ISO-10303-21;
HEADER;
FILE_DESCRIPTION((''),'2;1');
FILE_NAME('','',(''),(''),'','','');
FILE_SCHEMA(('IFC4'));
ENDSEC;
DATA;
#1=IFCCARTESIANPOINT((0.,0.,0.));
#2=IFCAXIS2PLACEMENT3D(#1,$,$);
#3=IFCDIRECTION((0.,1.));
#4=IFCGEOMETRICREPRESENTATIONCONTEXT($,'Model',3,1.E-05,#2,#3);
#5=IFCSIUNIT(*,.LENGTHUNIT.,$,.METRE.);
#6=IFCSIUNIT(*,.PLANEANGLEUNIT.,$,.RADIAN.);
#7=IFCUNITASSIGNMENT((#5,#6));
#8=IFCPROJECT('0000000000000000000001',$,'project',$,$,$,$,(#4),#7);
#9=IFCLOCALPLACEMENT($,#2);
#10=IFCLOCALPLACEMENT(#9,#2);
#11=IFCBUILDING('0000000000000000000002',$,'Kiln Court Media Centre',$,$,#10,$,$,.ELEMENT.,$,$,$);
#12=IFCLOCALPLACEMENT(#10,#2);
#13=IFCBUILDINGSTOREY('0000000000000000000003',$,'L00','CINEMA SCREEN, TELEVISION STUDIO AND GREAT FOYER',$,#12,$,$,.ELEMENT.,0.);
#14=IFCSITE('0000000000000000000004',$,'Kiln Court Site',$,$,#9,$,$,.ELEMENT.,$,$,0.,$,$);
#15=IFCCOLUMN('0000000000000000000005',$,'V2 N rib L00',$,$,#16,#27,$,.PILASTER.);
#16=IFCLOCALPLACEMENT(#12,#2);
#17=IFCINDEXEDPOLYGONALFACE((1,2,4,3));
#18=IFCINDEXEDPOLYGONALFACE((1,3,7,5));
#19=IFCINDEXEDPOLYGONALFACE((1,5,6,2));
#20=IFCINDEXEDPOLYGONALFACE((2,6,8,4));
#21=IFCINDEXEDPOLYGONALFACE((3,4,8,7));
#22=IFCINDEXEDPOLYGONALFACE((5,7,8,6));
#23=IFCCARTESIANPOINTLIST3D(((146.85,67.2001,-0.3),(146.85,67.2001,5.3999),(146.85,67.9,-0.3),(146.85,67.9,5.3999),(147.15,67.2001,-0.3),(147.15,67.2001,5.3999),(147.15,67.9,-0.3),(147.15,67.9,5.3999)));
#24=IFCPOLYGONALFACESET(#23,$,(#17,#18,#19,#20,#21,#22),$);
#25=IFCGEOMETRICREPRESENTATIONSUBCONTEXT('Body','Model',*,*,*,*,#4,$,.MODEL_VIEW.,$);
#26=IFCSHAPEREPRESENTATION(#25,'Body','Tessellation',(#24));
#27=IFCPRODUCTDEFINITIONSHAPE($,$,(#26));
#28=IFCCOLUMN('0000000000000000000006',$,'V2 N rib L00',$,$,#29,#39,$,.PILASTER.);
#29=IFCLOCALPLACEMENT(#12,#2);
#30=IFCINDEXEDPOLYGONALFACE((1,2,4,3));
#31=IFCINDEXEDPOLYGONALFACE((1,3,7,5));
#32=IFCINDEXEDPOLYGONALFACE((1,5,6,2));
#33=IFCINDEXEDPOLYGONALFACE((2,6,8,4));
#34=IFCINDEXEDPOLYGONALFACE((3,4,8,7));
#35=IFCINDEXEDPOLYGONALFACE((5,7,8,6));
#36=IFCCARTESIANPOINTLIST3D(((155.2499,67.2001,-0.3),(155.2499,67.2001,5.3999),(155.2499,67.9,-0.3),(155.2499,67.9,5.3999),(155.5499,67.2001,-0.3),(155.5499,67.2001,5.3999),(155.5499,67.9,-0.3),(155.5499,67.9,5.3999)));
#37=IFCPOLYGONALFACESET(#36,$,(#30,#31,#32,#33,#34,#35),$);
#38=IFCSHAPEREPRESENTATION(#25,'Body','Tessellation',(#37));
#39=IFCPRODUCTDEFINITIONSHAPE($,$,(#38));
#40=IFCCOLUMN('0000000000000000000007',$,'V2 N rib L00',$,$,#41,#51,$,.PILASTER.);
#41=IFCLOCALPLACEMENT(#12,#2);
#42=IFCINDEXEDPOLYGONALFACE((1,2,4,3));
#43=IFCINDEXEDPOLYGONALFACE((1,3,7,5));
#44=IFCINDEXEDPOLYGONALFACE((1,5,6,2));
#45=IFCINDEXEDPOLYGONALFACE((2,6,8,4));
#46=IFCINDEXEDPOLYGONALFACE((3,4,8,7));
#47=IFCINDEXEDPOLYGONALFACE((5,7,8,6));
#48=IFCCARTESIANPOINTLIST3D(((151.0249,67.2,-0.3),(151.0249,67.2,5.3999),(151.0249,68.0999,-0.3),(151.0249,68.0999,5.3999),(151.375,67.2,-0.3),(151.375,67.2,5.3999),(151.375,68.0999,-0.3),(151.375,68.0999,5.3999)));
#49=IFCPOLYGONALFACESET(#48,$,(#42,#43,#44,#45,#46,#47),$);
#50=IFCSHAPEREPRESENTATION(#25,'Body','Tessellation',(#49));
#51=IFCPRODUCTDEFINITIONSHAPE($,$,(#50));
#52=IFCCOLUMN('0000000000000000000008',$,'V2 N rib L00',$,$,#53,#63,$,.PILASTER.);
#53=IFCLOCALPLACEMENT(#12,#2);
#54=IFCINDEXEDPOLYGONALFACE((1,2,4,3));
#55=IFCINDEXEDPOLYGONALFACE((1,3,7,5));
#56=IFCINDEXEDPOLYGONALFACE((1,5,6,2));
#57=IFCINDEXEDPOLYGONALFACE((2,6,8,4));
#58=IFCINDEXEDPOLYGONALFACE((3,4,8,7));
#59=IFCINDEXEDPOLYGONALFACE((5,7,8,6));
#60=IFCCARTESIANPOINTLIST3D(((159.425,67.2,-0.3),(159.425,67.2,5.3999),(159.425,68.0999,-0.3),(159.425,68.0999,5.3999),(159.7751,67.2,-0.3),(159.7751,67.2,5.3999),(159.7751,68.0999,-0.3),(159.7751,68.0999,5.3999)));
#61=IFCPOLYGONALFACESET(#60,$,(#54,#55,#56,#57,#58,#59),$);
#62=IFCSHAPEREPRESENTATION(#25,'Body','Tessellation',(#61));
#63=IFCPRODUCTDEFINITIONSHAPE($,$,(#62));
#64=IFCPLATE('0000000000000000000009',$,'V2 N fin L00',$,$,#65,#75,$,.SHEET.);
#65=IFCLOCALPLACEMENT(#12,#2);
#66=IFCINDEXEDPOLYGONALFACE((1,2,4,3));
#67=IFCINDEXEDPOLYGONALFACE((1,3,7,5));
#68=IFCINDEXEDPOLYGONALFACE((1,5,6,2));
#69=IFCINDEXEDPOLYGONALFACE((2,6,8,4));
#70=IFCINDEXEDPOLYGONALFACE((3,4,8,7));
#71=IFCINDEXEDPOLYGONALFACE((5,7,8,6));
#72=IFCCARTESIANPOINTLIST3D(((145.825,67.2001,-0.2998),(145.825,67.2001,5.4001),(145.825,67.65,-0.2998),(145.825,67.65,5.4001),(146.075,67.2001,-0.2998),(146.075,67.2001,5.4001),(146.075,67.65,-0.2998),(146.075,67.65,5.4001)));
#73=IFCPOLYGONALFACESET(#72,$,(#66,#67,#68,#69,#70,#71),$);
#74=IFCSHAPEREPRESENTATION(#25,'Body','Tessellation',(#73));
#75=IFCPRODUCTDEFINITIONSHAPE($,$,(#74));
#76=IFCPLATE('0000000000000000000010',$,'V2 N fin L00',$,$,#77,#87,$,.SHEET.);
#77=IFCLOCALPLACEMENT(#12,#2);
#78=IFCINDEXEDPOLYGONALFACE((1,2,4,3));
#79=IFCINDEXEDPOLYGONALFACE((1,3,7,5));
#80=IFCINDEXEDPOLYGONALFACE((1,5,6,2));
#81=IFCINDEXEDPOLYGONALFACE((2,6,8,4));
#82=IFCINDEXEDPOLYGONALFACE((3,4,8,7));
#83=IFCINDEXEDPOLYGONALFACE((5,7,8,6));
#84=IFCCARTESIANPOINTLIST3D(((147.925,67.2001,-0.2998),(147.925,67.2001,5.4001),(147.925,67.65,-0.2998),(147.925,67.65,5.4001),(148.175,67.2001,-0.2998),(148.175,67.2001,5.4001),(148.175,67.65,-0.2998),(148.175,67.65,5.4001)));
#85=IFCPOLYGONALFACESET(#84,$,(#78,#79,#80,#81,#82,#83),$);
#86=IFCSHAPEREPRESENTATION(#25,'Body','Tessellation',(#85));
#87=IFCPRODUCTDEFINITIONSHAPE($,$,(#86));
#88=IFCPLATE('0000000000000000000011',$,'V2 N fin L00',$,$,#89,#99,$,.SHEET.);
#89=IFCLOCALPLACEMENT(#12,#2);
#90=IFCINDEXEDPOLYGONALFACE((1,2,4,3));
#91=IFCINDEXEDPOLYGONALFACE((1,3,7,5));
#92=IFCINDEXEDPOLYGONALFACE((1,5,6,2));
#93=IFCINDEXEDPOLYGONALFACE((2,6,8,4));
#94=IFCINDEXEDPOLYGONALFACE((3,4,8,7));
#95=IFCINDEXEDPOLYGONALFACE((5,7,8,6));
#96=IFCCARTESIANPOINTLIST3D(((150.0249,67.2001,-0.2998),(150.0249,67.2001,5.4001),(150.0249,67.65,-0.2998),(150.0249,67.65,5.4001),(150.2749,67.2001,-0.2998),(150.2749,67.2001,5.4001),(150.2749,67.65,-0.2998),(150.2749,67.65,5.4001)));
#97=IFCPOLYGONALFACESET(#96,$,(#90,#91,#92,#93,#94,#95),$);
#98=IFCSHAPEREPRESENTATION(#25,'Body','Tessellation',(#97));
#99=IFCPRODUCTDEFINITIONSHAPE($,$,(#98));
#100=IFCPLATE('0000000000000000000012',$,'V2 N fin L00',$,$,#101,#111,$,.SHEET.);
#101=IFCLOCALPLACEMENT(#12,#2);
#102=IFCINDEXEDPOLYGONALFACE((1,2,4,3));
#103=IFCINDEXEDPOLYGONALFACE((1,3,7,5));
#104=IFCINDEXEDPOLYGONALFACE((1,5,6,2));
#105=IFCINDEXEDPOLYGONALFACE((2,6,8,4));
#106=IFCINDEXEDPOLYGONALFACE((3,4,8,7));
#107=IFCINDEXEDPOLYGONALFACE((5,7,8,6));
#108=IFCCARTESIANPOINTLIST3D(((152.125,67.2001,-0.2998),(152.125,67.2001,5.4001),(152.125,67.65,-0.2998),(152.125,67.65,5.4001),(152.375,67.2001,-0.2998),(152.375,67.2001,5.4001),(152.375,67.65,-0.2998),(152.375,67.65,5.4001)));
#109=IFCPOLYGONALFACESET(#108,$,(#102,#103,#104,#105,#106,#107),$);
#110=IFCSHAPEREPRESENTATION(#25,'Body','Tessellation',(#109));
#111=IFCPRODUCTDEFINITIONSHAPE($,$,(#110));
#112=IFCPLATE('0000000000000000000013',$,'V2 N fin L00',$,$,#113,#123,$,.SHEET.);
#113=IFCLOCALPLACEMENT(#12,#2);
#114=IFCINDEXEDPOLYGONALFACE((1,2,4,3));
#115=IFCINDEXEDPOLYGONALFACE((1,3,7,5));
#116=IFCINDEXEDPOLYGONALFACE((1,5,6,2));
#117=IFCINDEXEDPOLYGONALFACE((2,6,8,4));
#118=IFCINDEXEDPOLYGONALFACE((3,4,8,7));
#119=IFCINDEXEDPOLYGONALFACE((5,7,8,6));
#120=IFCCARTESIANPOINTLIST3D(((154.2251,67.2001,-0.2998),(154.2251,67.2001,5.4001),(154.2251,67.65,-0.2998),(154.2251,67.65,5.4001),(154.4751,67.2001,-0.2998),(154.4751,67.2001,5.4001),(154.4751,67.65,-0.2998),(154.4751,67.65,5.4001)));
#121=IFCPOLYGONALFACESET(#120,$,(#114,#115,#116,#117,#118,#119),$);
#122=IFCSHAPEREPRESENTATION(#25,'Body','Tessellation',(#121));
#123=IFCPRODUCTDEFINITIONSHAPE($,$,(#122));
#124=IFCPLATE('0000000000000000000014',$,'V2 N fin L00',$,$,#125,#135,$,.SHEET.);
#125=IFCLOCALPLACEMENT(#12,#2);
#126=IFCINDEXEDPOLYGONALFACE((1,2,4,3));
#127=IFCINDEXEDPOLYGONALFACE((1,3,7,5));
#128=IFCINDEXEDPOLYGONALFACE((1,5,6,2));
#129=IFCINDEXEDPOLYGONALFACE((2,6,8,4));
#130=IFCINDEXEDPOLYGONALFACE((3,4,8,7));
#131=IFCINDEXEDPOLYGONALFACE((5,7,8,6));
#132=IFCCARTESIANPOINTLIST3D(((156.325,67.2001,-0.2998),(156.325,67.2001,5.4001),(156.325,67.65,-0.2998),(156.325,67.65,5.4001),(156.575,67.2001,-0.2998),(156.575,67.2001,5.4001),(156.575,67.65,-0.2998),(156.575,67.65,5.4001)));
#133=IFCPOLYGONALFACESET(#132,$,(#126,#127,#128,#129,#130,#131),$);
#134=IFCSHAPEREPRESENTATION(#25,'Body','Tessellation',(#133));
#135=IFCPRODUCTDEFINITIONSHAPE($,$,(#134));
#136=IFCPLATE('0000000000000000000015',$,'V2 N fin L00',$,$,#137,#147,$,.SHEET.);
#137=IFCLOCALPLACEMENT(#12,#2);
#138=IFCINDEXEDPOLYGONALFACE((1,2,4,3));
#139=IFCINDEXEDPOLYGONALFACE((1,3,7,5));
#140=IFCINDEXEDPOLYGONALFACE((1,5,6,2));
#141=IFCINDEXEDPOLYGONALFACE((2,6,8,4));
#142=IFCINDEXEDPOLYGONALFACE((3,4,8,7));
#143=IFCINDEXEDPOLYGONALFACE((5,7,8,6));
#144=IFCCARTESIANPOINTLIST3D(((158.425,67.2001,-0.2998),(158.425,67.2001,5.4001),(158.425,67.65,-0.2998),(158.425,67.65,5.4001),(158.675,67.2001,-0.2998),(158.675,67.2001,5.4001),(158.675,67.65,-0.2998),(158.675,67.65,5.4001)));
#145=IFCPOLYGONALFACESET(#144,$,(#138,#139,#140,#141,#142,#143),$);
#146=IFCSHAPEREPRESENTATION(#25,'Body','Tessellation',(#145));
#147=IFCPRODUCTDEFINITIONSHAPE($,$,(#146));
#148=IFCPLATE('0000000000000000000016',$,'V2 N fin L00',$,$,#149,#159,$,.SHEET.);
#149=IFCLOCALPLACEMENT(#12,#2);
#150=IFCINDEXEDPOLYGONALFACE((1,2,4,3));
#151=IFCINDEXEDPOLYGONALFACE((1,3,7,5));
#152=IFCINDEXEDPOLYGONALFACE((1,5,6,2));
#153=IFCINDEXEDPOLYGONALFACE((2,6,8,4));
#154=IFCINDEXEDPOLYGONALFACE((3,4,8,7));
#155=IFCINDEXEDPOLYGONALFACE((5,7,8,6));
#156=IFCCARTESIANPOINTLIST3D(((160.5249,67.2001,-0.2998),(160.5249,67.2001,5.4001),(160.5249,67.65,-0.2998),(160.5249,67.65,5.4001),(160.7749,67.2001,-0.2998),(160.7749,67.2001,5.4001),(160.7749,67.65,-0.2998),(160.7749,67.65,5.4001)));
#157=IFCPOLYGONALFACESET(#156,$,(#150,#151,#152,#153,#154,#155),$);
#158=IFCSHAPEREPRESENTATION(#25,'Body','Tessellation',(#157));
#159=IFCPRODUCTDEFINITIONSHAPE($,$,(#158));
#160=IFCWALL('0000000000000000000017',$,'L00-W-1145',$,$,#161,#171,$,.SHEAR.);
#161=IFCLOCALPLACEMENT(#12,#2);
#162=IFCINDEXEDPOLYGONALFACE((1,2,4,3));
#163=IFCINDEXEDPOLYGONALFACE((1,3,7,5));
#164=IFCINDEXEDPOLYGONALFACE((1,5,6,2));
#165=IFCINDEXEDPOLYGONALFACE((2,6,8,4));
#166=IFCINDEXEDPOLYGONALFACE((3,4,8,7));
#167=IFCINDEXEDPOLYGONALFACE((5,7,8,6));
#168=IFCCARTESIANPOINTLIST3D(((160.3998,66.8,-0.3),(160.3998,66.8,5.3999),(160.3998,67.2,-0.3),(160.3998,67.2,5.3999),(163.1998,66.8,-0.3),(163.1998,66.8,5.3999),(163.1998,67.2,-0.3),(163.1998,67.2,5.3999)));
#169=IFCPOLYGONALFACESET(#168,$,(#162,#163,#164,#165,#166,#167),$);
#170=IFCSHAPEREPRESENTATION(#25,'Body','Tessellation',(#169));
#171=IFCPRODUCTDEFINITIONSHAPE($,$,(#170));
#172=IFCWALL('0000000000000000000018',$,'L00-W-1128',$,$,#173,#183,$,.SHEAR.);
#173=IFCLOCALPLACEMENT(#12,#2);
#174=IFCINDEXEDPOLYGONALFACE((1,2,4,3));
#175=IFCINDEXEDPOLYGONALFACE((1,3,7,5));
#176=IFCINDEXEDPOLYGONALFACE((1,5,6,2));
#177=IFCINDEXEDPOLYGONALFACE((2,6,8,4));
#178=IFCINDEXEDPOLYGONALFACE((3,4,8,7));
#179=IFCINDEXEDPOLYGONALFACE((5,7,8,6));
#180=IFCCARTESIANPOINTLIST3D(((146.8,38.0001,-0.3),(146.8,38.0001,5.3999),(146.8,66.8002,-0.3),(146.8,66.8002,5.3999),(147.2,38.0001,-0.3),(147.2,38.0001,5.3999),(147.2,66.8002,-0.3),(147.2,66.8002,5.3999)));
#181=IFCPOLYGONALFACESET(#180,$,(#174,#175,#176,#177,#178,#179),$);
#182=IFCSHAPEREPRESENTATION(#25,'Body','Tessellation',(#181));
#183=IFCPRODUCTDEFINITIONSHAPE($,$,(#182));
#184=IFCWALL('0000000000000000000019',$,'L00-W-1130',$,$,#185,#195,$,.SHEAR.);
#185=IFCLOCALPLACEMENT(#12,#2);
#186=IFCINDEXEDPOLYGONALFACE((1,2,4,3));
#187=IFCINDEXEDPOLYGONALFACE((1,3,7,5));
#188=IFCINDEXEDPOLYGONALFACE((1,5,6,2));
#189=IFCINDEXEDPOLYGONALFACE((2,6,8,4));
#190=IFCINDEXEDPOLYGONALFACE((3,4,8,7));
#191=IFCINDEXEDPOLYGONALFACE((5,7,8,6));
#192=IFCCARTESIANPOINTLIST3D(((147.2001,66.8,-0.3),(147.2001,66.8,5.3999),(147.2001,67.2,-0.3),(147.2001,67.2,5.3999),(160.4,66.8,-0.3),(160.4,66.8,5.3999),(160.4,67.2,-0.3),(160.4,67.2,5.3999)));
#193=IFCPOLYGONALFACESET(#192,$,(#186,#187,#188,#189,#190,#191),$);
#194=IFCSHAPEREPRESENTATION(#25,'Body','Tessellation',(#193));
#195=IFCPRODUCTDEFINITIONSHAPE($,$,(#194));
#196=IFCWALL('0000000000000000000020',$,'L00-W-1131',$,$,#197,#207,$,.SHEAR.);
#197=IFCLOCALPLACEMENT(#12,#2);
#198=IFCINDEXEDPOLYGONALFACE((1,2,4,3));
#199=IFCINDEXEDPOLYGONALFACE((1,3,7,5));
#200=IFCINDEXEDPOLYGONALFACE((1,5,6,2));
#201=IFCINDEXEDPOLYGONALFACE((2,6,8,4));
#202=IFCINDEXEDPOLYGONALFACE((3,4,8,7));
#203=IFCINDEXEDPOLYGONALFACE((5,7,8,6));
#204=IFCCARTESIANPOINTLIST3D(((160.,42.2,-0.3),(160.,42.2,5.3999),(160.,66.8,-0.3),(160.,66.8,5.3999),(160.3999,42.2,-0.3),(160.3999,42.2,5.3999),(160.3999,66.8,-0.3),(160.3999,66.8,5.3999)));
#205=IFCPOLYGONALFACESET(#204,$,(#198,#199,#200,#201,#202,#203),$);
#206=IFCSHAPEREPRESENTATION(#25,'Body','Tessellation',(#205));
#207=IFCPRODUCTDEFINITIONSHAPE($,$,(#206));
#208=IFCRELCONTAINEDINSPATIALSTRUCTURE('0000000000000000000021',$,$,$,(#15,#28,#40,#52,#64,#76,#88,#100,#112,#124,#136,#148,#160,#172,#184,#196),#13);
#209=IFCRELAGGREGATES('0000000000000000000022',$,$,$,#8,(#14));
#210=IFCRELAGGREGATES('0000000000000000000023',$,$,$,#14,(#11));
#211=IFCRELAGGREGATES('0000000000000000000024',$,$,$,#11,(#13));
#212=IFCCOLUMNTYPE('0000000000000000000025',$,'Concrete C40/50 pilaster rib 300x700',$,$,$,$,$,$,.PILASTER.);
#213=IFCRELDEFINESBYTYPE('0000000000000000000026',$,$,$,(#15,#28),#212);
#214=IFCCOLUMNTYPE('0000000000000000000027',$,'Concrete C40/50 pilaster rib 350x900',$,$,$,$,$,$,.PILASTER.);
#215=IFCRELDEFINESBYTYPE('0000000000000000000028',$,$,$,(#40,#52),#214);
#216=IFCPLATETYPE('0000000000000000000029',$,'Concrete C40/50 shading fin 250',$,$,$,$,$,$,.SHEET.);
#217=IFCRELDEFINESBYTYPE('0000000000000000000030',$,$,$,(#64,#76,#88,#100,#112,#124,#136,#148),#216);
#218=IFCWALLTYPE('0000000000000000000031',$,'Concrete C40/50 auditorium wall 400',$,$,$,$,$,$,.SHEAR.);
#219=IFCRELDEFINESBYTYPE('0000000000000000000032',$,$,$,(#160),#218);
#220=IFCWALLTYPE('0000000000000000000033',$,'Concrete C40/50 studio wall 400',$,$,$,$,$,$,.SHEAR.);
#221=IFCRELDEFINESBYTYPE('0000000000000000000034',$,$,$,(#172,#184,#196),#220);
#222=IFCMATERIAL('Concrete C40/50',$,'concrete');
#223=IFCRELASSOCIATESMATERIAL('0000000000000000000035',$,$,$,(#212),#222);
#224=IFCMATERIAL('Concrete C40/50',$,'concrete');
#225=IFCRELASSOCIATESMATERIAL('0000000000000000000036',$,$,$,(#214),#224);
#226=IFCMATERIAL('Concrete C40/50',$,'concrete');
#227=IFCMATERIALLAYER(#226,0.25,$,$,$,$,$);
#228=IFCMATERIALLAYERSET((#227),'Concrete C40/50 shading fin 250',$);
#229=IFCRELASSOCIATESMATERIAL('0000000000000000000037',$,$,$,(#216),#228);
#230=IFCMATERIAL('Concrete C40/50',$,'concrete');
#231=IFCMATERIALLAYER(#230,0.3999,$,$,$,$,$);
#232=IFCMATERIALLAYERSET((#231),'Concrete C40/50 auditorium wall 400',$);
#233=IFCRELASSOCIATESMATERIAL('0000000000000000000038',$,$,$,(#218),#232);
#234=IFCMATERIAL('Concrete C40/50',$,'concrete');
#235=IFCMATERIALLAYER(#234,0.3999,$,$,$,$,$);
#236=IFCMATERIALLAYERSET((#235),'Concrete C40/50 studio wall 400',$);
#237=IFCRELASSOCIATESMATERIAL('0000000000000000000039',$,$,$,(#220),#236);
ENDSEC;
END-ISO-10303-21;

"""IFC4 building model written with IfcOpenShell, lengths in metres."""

from ifc_helpers import new_model, si_unit, direction, frame, frame_2d, origin, origin_2d, place, context, subcontext, project, spatial, rectangle, extrude, material, layer, layer_set, material_profile, profile_set, type_object, element, save


model = new_model("IFC4")

# Units and contexts
model_context = context("Model", 3, precision=1e-05, world=origin(), true_north=direction((0.0, 1.0)))
body_context = subcontext(model_context, "Body", "Model", "MODEL_VIEW")
ifc_project = project(units=[si_unit("LENGTHUNIT", "METRE"), si_unit("PLANEANGLEUNIT", "RADIAN")], contexts=[model_context])

# Site, building, storey
site_placement = place(None, origin())
site = spatial("IfcSite", under=ifc_project, at=site_placement, Name="Kiln Court Site", CompositionType="ELEMENT", RefElevation=0.0)
building_placement = place(site_placement, origin())
building = spatial("IfcBuilding", under=site, at=building_placement, Name="Kiln Court Media Centre", CompositionType="ELEMENT")
storey_placement = place(building_placement, origin())
storey = spatial("IfcBuildingStorey", under=building, at=storey_placement, Name="L00", Description="CINEMA SCREEN, TELEVISION STUDIO AND GREAT FOYER", CompositionType="ELEMENT", Elevation=0.0)

# Columns
ifc_material_1 = material(Name="Concrete C40/50", Category="concrete")
ifc_material_profile_1 = material_profile(ifc_material_1, rectangle(XDim=0.3, YDim=0.7, at=origin_2d()), Name="RC 300x700")
ifc_profile_set_1 = profile_set([ifc_material_profile_1], Name="Concrete C40/50")
column_type_1 = type_object("IfcColumnType", Name="Concrete C40/50 pilaster rib 300x700", PredefinedType="PILASTER", material=ifc_profile_set_1)
for number, where, z_axis, x_axis, name in (
    (1, (147.0, 67.55, -0.3), (0.0, 0.0, 1.0), (1.0, 0.0, 0.0), "V2 N rib L00"),
    (2, (155.3999, 67.55, -0.3), (0.0, 0.0, 1.0), (1.0, 0.0, 0.0), "V2 N rib L00"),
):
    element("IfcColumn", number, at=place(storey_placement, frame(where, z_axis=z_axis, x_axis=x_axis)), inside=storey, type_object=column_type_1, Name=name, PredefinedType="PILASTER", context=body_context, shape_type="SweptSolid", body=[
        extrude(rectangle(XDim=0.3, YDim=0.7, at=origin_2d()), origin(), (0.0, 0.0, 1.0), 5.7),
    ])
ifc_material_2 = material(Name="Concrete C40/50", Category="concrete")
ifc_material_profile_2 = material_profile(ifc_material_2, rectangle(XDim=0.3501, YDim=0.8999, at=origin_2d()), Name="RC 350x900")
ifc_profile_set_2 = profile_set([ifc_material_profile_2], Name="Concrete C40/50")
column_type_2 = type_object("IfcColumnType", Name="Concrete C40/50 pilaster rib 350x900", PredefinedType="PILASTER", material=ifc_profile_set_2)
for number, where, z_axis, x_axis, name in (
    (3, (151.2, 67.6499, -0.3), (0.0, 0.0, 1.0), (1.0, 0.0, 0.0), "V2 N rib L00"),
    (4, (159.6001, 67.6499, -0.3), (0.0, 0.0, 1.0), (1.0, 0.0, 0.0), "V2 N rib L00"),
):
    element("IfcColumn", number, at=place(storey_placement, frame(where, z_axis=z_axis, x_axis=x_axis)), inside=storey, type_object=column_type_2, Name=name, PredefinedType="PILASTER", context=body_context, shape_type="SweptSolid", body=[
        extrude(rectangle(XDim=0.3501, YDim=0.8999, at=origin_2d()), origin(), (0.0, 0.0, 1.0), 5.7),
    ])

# Plates
ifc_material_3 = material(Name="Concrete C40/50", Category="concrete")
ifc_layer_1 = layer(ifc_material_3, 0.25)
ifc_layer_set_1 = layer_set([ifc_layer_1], Name="Concrete C40/50 shading fin 250")
plate_type = type_object("IfcPlateType", Name="Concrete C40/50 shading fin 250", PredefinedType="SHEET", material=ifc_layer_set_1)
for number, where, z_axis, x_axis, name in (
    (5, (145.95, 67.425, -0.2998), (0.0, 0.0, 1.0), (1.0, 0.0, 0.0), "V2 N fin L00"),
    (6, (148.05, 67.425, -0.2998), (0.0, 0.0, 1.0), (1.0, 0.0, 0.0), "V2 N fin L00"),
    (7, (150.1499, 67.425, -0.2998), (0.0, 0.0, 1.0), (1.0, 0.0, 0.0), "V2 N fin L00"),
    (8, (152.25, 67.425, -0.2998), (0.0, 0.0, 1.0), (1.0, 0.0, 0.0), "V2 N fin L00"),
    (9, (154.3501, 67.425, -0.2998), (0.0, 0.0, 1.0), (1.0, 0.0, 0.0), "V2 N fin L00"),
    (10, (156.45, 67.425, -0.2998), (0.0, 0.0, 1.0), (1.0, 0.0, 0.0), "V2 N fin L00"),
    (11, (158.55, 67.425, -0.2998), (0.0, 0.0, 1.0), (1.0, 0.0, 0.0), "V2 N fin L00"),
    (12, (160.6499, 67.425, -0.2998), (0.0, 0.0, 1.0), (1.0, 0.0, 0.0), "V2 N fin L00"),
):
    element("IfcPlate", number, at=place(storey_placement, frame(where, z_axis=z_axis, x_axis=x_axis)), inside=storey, type_object=plate_type, Name=name, PredefinedType="SHEET", context=body_context, shape_type="SweptSolid", body=[
        extrude(rectangle(XDim=0.25, YDim=0.45, at=origin_2d()), origin(), (0.0, 0.0, 1.0), 5.7),
    ])

# Walls
ifc_material_4 = material(Name="Concrete C40/50", Category="concrete")
ifc_layer_2 = layer(ifc_material_4, 0.3999)
ifc_layer_set_2 = layer_set([ifc_layer_2], Name="Concrete C40/50 auditorium wall 400")
wall_type_1 = type_object("IfcWallType", Name="Concrete C40/50 auditorium wall 400", PredefinedType="SHEAR", material=ifc_layer_set_2)
wall_1_placement = place(storey_placement, frame((160.3999, 67.0, -0.3), z_axis=(0.0, 0.0, 1.0), x_axis=(1.0, 0.0, 0.0)))
element("IfcWall", 13, at=wall_1_placement, inside=storey, type_object=wall_type_1, Name="L00-W-1145", PredefinedType="SHEAR", context=body_context, shape_type="SweptSolid", body=[
    extrude(rectangle(XDim=2.8, YDim=0.3999, at=frame_2d((1.3999, 0.0))), origin(), (0.0, 0.0, 1.0), 5.7),
])
ifc_material_5 = material(Name="Concrete C40/50", Category="concrete")
ifc_layer_3 = layer(ifc_material_5, 0.3999)
ifc_layer_set_3 = layer_set([ifc_layer_3], Name="Concrete C40/50 studio wall 400")
wall_type_2 = type_object("IfcWallType", Name="Concrete C40/50 studio wall 400", PredefinedType="SHEAR", material=ifc_layer_set_3)
wall_2_placement = place(storey_placement, frame((147.0, 66.8, -0.3), z_axis=(0.0, 0.0, 1.0), x_axis=(0.0, -1.0, 0.0)))
element("IfcWall", 14, at=wall_2_placement, inside=storey, type_object=wall_type_2, Name="L00-W-1128", PredefinedType="SHEAR", context=body_context, shape_type="SweptSolid", body=[
    extrude(rectangle(XDim=28.8, YDim=0.3999, at=frame_2d((14.3999, 0.0))), origin(), (0.0, 0.0, 1.0), 5.7),
])
wall_3_placement = place(storey_placement, frame((147.2, 67.0, -0.3), z_axis=(0.0, 0.0, 1.0), x_axis=(1.0, 0.0, 0.0)))
element("IfcWall", 15, at=wall_3_placement, inside=storey, type_object=wall_type_2, Name="L00-W-1130", PredefinedType="SHEAR", context=body_context, shape_type="SweptSolid", body=[
    extrude(rectangle(XDim=13.2, YDim=0.3999, at=frame_2d((6.6001, 0.0))), origin(), (0.0, 0.0, 1.0), 5.7),
])
wall_4_placement = place(storey_placement, frame((160.2, 66.8, -0.3), z_axis=(0.0, 0.0, 1.0), x_axis=(0.0, -1.0, 0.0)))
element("IfcWall", 16, at=wall_4_placement, inside=storey, type_object=wall_type_2, Name="L00-W-1131", PredefinedType="SHEAR", context=body_context, shape_type="SweptSolid", body=[
    extrude(rectangle(XDim=24.6001, YDim=0.3999, at=frame_2d((12.3, 0.0))), origin(), (0.0, 0.0, 1.0), 5.7),
])

save(model, "model.ifc")
